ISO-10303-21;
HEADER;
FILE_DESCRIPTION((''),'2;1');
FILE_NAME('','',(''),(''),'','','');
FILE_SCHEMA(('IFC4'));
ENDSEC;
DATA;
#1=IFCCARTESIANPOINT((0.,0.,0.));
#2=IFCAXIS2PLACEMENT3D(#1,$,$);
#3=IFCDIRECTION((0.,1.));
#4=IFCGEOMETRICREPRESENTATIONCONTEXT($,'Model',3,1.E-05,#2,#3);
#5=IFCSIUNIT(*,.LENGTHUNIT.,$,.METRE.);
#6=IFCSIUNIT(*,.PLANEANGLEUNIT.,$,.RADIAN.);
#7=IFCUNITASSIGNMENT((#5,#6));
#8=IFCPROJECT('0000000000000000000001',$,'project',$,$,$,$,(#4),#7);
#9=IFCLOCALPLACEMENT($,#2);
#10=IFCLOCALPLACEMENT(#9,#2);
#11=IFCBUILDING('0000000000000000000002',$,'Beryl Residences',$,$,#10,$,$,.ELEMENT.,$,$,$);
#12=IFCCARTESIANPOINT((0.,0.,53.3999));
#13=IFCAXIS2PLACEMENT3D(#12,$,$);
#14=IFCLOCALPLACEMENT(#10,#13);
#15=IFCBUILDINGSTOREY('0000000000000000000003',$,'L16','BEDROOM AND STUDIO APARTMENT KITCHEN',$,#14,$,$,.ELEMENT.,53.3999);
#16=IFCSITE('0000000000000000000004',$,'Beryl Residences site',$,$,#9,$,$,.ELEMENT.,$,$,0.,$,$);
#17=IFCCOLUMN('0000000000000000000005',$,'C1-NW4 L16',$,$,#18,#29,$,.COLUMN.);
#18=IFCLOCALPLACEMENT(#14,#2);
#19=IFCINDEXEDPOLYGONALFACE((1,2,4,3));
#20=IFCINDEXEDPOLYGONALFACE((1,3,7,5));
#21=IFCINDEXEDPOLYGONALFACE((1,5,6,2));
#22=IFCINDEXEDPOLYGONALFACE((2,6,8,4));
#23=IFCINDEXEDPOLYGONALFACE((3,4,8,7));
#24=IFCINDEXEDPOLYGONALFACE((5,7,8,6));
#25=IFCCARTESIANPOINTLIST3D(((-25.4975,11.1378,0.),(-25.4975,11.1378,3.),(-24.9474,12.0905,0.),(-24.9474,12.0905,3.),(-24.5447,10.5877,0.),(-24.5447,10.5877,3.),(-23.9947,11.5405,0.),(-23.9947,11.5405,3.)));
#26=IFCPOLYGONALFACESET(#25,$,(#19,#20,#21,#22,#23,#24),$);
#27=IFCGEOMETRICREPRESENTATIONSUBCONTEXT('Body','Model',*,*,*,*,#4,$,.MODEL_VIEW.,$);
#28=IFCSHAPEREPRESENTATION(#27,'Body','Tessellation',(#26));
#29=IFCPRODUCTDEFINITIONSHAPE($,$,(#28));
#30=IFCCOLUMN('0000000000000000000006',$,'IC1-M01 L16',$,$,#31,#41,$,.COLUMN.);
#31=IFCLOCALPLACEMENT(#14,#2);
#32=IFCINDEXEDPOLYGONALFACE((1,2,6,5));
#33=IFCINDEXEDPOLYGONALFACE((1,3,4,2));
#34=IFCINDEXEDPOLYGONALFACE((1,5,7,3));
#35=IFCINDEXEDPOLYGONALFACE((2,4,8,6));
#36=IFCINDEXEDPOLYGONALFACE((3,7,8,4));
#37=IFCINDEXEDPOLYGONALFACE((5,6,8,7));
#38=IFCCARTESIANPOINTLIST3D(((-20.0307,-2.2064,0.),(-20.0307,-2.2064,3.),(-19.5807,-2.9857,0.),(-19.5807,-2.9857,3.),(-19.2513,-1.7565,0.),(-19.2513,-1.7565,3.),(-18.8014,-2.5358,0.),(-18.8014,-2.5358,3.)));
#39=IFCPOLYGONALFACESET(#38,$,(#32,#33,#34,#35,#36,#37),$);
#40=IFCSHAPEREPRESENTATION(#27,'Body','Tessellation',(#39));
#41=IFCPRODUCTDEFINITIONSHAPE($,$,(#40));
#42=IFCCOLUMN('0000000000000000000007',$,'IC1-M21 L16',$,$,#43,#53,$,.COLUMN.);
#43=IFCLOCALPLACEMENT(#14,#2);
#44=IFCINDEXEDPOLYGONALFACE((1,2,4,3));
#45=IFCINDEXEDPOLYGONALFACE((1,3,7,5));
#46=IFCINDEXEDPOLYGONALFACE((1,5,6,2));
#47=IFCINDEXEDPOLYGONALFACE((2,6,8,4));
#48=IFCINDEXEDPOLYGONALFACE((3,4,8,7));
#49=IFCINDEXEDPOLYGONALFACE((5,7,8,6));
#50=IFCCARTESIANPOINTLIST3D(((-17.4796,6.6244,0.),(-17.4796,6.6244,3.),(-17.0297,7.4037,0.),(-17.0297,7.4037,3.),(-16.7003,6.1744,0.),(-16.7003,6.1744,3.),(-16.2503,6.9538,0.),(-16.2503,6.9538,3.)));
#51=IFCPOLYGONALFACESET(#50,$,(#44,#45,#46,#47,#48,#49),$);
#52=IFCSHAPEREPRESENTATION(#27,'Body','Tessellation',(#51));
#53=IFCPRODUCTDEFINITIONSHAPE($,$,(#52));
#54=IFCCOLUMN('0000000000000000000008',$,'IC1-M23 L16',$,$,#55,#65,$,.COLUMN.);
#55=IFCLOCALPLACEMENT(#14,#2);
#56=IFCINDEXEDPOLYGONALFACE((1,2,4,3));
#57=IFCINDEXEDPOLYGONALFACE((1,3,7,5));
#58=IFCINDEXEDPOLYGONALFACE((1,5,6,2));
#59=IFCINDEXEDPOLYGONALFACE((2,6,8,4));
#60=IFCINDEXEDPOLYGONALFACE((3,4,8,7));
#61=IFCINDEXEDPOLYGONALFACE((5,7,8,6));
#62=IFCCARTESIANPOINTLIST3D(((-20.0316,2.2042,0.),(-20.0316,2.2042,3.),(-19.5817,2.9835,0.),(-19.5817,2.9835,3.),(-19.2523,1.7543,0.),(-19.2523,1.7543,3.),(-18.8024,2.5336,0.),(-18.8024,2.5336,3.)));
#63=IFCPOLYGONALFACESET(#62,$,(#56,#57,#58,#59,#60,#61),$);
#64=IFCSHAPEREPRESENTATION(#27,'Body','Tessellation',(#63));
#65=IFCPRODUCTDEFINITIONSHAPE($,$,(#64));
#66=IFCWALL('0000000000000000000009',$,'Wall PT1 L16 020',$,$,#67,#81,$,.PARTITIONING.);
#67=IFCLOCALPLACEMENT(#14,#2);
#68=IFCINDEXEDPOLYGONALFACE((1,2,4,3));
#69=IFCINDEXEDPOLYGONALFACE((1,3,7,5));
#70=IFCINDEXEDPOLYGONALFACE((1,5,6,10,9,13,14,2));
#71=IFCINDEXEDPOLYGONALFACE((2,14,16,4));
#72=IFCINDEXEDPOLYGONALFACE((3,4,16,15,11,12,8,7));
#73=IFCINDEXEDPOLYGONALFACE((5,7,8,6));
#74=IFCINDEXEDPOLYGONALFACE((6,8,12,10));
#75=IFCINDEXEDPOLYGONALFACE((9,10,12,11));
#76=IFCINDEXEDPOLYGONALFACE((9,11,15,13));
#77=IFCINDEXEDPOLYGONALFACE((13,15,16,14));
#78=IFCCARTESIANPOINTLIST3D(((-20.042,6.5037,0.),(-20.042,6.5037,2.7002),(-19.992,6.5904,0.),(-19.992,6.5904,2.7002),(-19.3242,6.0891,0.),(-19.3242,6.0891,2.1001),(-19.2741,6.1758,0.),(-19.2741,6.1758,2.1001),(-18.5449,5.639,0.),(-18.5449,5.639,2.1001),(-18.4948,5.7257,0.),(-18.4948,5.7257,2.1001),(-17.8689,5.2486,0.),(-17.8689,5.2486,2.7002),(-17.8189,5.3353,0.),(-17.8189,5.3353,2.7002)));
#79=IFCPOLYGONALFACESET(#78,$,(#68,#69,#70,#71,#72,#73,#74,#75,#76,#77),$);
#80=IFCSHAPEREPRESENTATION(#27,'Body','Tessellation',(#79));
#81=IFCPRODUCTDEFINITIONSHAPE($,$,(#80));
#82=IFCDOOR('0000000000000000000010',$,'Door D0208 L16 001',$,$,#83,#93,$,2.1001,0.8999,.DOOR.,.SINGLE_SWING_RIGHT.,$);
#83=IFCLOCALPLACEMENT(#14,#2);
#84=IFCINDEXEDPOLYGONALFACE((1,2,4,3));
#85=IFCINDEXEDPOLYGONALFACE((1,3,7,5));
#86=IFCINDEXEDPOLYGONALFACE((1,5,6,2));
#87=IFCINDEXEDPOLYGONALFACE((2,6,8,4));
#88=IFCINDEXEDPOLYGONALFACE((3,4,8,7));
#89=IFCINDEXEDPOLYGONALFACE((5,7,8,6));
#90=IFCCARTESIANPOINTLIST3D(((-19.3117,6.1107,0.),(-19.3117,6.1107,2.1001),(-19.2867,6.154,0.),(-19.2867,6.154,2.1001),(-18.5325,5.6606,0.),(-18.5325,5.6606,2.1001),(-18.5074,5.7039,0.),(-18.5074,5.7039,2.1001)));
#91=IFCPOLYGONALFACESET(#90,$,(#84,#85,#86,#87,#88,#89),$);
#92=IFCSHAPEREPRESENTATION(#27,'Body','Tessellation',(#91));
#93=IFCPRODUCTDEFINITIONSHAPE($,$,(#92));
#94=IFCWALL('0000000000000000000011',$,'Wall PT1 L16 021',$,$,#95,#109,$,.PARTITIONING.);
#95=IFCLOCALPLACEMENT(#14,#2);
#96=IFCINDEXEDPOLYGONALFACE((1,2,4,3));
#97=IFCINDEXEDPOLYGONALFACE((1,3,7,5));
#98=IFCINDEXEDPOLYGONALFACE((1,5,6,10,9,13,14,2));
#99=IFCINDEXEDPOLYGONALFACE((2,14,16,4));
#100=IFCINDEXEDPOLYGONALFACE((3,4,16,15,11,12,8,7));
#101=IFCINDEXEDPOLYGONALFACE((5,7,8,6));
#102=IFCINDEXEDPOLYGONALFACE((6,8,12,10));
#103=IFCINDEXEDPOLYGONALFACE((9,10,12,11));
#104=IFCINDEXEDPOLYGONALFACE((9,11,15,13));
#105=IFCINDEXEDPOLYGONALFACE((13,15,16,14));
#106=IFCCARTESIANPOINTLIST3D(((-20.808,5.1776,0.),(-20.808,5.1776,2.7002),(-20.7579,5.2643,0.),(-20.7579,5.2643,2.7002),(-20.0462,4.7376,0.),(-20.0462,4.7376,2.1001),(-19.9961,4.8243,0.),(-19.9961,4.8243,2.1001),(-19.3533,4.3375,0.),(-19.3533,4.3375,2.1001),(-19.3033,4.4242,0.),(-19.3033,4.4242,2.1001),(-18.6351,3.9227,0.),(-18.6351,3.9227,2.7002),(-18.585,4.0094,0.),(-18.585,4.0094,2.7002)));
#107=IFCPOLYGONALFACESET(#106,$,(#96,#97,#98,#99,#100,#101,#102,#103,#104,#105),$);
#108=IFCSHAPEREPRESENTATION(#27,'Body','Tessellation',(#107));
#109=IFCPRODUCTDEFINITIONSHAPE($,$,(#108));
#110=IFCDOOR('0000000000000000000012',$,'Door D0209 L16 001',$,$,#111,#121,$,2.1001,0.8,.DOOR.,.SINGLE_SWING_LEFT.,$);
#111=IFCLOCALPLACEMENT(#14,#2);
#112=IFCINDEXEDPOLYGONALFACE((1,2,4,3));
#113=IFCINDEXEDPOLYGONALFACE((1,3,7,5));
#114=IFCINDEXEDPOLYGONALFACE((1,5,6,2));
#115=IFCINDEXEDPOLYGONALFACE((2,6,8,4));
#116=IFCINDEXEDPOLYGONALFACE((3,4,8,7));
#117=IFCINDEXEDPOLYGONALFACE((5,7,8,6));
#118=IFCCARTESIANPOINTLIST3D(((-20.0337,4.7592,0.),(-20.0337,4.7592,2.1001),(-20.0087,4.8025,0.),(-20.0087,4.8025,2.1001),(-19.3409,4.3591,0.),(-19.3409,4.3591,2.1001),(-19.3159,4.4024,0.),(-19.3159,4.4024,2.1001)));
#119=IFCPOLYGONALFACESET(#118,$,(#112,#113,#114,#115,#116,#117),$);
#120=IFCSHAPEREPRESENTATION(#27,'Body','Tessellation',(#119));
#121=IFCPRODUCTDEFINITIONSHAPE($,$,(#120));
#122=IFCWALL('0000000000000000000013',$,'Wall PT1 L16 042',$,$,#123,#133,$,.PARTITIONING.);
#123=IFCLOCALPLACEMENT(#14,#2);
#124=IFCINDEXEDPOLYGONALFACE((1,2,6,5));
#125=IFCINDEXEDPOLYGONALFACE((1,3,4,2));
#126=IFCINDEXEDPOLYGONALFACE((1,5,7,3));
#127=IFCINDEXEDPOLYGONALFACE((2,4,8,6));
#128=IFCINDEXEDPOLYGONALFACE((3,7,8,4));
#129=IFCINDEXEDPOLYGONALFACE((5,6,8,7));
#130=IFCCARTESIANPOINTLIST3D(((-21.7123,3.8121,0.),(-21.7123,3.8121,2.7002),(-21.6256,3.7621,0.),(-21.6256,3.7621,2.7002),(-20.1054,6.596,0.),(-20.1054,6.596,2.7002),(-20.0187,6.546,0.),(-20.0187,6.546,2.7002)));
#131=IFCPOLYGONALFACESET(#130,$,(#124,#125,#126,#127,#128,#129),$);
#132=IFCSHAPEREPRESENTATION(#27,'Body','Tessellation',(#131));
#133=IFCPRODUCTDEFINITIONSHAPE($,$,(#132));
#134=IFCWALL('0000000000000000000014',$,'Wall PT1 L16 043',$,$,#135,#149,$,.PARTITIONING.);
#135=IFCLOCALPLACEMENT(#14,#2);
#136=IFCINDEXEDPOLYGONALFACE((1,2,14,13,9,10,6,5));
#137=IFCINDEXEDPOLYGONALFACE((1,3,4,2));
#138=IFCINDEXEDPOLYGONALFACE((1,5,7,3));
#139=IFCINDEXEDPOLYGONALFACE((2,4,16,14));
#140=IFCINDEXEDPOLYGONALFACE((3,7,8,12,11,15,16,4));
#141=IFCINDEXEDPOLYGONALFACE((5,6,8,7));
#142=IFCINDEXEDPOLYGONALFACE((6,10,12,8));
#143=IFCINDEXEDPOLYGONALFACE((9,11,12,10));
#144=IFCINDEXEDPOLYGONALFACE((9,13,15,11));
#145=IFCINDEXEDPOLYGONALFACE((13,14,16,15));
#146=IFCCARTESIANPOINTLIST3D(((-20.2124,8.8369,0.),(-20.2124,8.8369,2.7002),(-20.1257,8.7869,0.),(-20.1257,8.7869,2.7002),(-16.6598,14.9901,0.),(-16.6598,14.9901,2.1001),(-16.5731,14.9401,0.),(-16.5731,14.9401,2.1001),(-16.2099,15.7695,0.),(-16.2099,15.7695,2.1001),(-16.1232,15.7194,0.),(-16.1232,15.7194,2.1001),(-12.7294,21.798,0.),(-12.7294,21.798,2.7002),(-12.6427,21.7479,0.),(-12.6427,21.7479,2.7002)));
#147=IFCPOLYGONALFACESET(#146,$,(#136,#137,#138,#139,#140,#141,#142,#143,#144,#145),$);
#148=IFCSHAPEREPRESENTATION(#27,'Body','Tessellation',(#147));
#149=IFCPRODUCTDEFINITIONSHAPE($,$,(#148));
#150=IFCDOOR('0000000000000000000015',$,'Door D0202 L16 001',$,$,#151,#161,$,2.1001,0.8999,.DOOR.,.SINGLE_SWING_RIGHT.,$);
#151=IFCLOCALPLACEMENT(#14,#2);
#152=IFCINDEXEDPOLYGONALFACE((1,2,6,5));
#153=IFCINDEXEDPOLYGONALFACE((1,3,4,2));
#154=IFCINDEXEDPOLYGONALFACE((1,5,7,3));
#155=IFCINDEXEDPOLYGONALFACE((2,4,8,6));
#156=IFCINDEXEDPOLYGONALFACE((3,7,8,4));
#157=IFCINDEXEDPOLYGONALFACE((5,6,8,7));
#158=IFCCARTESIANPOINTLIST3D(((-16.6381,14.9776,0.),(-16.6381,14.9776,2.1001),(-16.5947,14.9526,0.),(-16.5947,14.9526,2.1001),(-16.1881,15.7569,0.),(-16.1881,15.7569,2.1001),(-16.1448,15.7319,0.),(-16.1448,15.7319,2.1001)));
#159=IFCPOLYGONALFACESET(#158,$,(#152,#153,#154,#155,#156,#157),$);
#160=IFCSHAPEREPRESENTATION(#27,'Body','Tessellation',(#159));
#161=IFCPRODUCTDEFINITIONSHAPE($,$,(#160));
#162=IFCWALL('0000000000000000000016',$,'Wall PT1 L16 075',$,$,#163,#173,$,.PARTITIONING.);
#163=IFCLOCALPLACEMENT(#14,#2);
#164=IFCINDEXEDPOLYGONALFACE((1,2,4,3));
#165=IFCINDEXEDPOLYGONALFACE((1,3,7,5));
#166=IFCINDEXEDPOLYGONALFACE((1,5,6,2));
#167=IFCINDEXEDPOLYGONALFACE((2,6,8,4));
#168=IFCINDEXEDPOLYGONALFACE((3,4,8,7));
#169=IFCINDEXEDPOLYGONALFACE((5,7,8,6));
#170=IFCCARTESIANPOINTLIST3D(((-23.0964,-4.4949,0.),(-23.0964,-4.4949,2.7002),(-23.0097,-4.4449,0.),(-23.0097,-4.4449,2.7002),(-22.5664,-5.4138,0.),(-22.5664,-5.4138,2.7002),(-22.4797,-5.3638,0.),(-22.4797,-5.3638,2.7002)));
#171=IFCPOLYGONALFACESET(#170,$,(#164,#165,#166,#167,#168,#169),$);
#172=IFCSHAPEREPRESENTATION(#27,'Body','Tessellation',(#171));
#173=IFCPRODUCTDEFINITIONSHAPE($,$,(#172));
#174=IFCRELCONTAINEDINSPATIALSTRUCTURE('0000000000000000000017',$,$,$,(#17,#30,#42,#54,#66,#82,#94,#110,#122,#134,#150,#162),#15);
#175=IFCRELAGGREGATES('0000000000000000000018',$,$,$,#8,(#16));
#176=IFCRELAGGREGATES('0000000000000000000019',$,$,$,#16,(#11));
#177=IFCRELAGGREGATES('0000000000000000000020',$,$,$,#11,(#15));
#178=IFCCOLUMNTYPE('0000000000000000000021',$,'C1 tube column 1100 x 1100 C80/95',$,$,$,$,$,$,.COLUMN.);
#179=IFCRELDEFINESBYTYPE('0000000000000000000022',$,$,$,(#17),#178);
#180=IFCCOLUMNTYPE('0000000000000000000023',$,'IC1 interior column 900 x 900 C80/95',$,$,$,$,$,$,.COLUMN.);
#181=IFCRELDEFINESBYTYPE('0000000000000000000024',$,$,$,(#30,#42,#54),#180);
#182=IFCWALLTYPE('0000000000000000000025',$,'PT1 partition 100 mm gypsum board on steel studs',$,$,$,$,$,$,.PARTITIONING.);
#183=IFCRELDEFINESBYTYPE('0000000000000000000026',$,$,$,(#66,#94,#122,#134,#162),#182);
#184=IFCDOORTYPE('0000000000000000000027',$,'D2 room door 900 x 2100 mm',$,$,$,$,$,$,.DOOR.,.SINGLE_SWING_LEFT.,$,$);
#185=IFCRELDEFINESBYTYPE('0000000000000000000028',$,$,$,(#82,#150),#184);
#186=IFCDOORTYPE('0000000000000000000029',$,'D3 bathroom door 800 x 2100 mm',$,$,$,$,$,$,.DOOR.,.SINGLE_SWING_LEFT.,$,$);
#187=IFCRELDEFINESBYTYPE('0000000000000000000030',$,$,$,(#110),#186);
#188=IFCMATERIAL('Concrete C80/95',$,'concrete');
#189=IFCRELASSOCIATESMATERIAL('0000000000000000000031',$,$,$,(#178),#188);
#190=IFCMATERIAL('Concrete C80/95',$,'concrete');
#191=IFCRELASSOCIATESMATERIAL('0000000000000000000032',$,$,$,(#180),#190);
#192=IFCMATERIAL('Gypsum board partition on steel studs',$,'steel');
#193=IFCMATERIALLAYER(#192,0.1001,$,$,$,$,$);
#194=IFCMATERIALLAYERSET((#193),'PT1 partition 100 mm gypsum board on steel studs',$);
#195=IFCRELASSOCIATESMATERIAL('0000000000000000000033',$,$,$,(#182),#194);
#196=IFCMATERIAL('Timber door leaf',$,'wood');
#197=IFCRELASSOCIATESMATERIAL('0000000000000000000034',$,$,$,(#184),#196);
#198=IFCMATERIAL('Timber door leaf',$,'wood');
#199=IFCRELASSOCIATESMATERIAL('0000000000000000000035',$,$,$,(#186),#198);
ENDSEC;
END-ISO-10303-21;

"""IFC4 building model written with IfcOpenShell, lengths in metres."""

from ifc_helpers import new_model, si_unit, direction, frame, frame_2d, origin, origin_2d, place, context, subcontext, project, spatial, rectangle, extrude, material, layer, layer_set, material_profile, profile_set, type_object, element, fill, save


model = new_model("IFC4")

# Units and contexts
model_context = context("Model", 3, precision=1e-05, world=origin(), true_north=direction((0.0, 1.0)))
body_context = subcontext(model_context, "Body", "Model", "MODEL_VIEW")
ifc_project = project(units=[si_unit("LENGTHUNIT", "METRE"), si_unit("PLANEANGLEUNIT", "RADIAN")], contexts=[model_context])

# Site, building, storey
site_placement = place(None, origin())
site = spatial("IfcSite", under=ifc_project, at=site_placement, Name="Beryl Residences site", CompositionType="ELEMENT", RefElevation=0.0)
building_placement = place(site_placement, origin())
building = spatial("IfcBuilding", under=site, at=building_placement, Name="Beryl Residences", CompositionType="ELEMENT")
storey_placement = place(building_placement, frame((0.0, 0.0, 53.3999)))
storey = spatial("IfcBuildingStorey", under=building, at=storey_placement, Name="L16", Description="BEDROOM AND STUDIO APARTMENT KITCHEN", CompositionType="ELEMENT", Elevation=53.3999)

# Columns
ifc_material_1 = material(Name="Concrete C80/95", Category="concrete")
ifc_material_profile_1 = material_profile(ifc_material_1, rectangle(XDim=1.1001, YDim=1.1001, at=origin_2d()))
ifc_profile_set_1 = profile_set([ifc_material_profile_1], Name="Concrete C80/95")
column_type_1 = type_object("IfcColumnType", Name="C1 tube column 1100 x 1100 C80/95", PredefinedType="COLUMN", material=ifc_profile_set_1)
column_placement = place(storey_placement, frame((-24.7461, 11.3391, 0.0), z_axis=(0.0, 0.0, 1.0), x_axis=(-0.499985, -0.866034, 0.0)))
element("IfcColumn", 1, at=column_placement, inside=storey, type_object=column_type_1, Name="C1-NW4 L16", PredefinedType="COLUMN", context=body_context, shape_type="SweptSolid", body=[
    extrude(rectangle(XDim=1.1001, YDim=1.1001, at=origin_2d()), origin(), (0.0, 0.0, 1.0), 3.0),
])
ifc_material_2 = material(Name="Concrete C80/95", Category="concrete")
ifc_material_profile_2 = material_profile(ifc_material_2, rectangle(XDim=0.8999, YDim=0.8999, at=origin_2d()))
ifc_profile_set_2 = profile_set([ifc_material_profile_2], Name="Concrete C80/95")
column_type_2 = type_object("IfcColumnType", Name="IC1 interior column 900 x 900 C80/95", PredefinedType="COLUMN", material=ifc_profile_set_2)
for number, where, z_axis, x_axis, name in (
    (2, (-19.416, -2.3711, 0.0), (0.0, 0.0, 1.0), (0.499985, -0.866034, 0.0), "IC1-M01 L16"),
    (3, (-16.865, 6.7891, 0.0), (0.0, 0.0, 1.0), (-0.499985, -0.866034, 0.0), "IC1-M21 L16"),
    (4, (-19.417, 2.3689, 0.0), (0.0, 0.0, 1.0), (-0.499985, -0.866034, 0.0), "IC1-M23 L16"),
):
    element("IfcColumn", number, at=place(storey_placement, frame(where, z_axis=z_axis, x_axis=x_axis)), inside=storey, type_object=column_type_2, Name=name, PredefinedType="COLUMN", context=body_context, shape_type="SweptSolid", body=[
        extrude(rectangle(XDim=0.8999, YDim=0.8999, at=origin_2d()), origin(), (0.0, 0.0, 1.0), 3.0),
    ])

# Walls, openings, doors
ifc_material_3 = material(Name="Gypsum board partition on steel studs", Category="steel")
ifc_layer_1 = layer(ifc_material_3, 0.1001)
ifc_layer_set_1 = layer_set([ifc_layer_1], Name="PT1 partition 100 mm gypsum board on steel studs")
wall_type_1 = type_object("IfcWallType", Name="PT1 partition 100 mm gypsum board on steel studs", PredefinedType="PARTITIONING", material=ifc_layer_set_1)
wall_1_placement = place(storey_placement, frame((-20.0171, 6.5471, 0.0), z_axis=(0.0, 0.0, 1.0), x_axis=(0.865941, -0.500146, 0.0)))
wall_1 = element("IfcWall", 5, at=wall_1_placement, inside=storey, type_object=wall_type_1, Name="Wall PT1 L16 020", PredefinedType="PARTITIONING", context=body_context, shape_type="SweptSolid", body=[
    extrude(rectangle(XDim=2.5095, YDim=0.1001, at=frame_2d((1.2549, 0.0))), origin(), (0.0, 0.0, 1.0), 2.7002),
])
opening_1_placement = place(wall_1_placement, frame((0.8291, 0.0, 0.0)))
opening_1 = element("IfcOpeningElement", 6, at=opening_1_placement, cuts=wall_1, PredefinedType="OPENING", context=body_context, shape_type="SweptSolid", body=[
    extrude(rectangle(XDim=0.8999, YDim=2.1001, at=frame_2d((0.45, 1.05))), frame((0.0, 0.0601, 0.0), z_axis=(0.0, -1.0, 0.0), x_axis=(1.0, 0.0, 0.0)), (0.0, 0.0, 1.0), 0.1201),
])
ifc_material_4 = material(Name="Timber door leaf", Category="wood")
door_type_1 = type_object("IfcDoorType", Name="D2 room door 900 x 2100 mm", OperationType="SINGLE_SWING_LEFT", PredefinedType="DOOR", material=ifc_material_4)
door_1_placement = place(opening_1_placement, origin())
door_1 = element("IfcDoor", 7, at=door_1_placement, inside=storey, type_object=door_type_1, Name="Door D0208 L16 001", OperationType="SINGLE_SWING_RIGHT", OverallHeight=2.1001, OverallWidth=0.8999, PredefinedType="DOOR", context=body_context, shape_type="SweptSolid", body=[
    extrude(rectangle(XDim=0.8999, YDim=2.1001, at=frame_2d((0.45, 1.05))), frame((0.0, 0.0249, 0.0), z_axis=(0.0, -1.0, 0.0), x_axis=(1.0, 0.0, 0.0)), (0.0, 0.0, 1.0), 0.05),
])
fill(opening_1, door_1)
wall_2_placement = place(storey_placement, frame((-20.783, 5.2209, 0.0), z_axis=(0.0, 0.0, 1.0), x_axis=(0.865959, -0.500115, 0.0)))
wall_2 = element("IfcWall", 8, at=wall_2_placement, inside=storey, type_object=wall_type_1, Name="Wall PT1 L16 021", PredefinedType="PARTITIONING", context=body_context, shape_type="SweptSolid", body=[
    extrude(rectangle(XDim=2.5093, YDim=0.1001, at=frame_2d((1.2546, 0.0))), origin(), (0.0, 0.0, 1.0), 2.7002),
])
opening_2_placement = place(wall_2_placement, frame((0.8799, 0.0, 0.0)))
opening_2 = element("IfcOpeningElement", 9, at=opening_2_placement, cuts=wall_2, PredefinedType="OPENING", context=body_context, shape_type="SweptSolid", body=[
    extrude(rectangle(XDim=0.8, YDim=2.1001, at=frame_2d((0.3999, 1.05))), frame((0.0, 0.0601, 0.0), z_axis=(0.0, -1.0, 0.0), x_axis=(1.0, 0.0, 0.0)), (0.0, 0.0, 1.0), 0.1201),
])
ifc_material_5 = material(Name="Timber door leaf", Category="wood")
door_type_2 = type_object("IfcDoorType", Name="D3 bathroom door 800 x 2100 mm", OperationType="SINGLE_SWING_LEFT", PredefinedType="DOOR", material=ifc_material_5)
door_2_placement = place(opening_2_placement, origin())
door_2 = element("IfcDoor", 10, at=door_2_placement, inside=storey, type_object=door_type_2, Name="Door D0209 L16 001", OperationType="SINGLE_SWING_LEFT", OverallHeight=2.1001, OverallWidth=0.8, PredefinedType="DOOR", context=body_context, shape_type="SweptSolid", body=[
    extrude(rectangle(XDim=0.8, YDim=2.1001, at=frame_2d((0.3999, 1.05))), frame((0.0, 0.0249, 0.0), z_axis=(0.0, -1.0, 0.0), x_axis=(1.0, 0.0, 0.0)), (0.0, 0.0, 1.0), 0.05),
])
fill(opening_2, door_2)

# Wall
wall_3_placement = place(storey_placement, frame((-21.6689, 3.7871, 0.0), z_axis=(0.0, 0.0, 1.0), x_axis=(0.499913, 0.866076, 0.0)))
element("IfcWall", 11, at=wall_3_placement, inside=storey, type_object=wall_type_1, Name="Wall PT1 L16 042", PredefinedType="PARTITIONING", context=body_context, shape_type="SweptSolid", body=[
    extrude(rectangle(XDim=3.2144, YDim=0.1001, at=frame_2d((1.6072, 0.0))), origin(), (0.0, 0.0, 1.0), 2.7002),
])

# Wall, opening, door
wall_4_placement = place(storey_placement, frame((-20.1689, 8.812, 0.0), z_axis=(0.0, 0.0, 1.0), x_axis=(0.499995, 0.866028, 0.0)))
wall_4 = element("IfcWall", 12, at=wall_4_placement, inside=storey, type_object=wall_type_1, Name="Wall PT1 L16 043", PredefinedType="PARTITIONING", context=body_context, shape_type="SweptSolid", body=[
    extrude(rectangle(XDim=14.9661, YDim=0.1001, at=frame_2d((7.4829, 0.0))), origin(), (0.0, 0.0, 1.0), 2.7002),
])
opening_3_placement = place(wall_4_placement, frame((7.105, 0.0, 0.0)))
opening_3 = element("IfcOpeningElement", 13, at=opening_3_placement, cuts=wall_4, PredefinedType="OPENING", context=body_context, shape_type="SweptSolid", body=[
    extrude(rectangle(XDim=0.8999, YDim=2.1001, at=frame_2d((0.45, 1.05))), frame((0.0, 0.0601, 0.0), z_axis=(0.0, -1.0, 0.0), x_axis=(1.0, 0.0, 0.0)), (0.0, 0.0, 1.0), 0.1201),
])
door_3_placement = place(opening_3_placement, origin())
door_3 = element("IfcDoor", 14, at=door_3_placement, inside=storey, type_object=door_type_1, Name="Door D0202 L16 001", OperationType="SINGLE_SWING_RIGHT", OverallHeight=2.1001, OverallWidth=0.8999, PredefinedType="DOOR", context=body_context, shape_type="SweptSolid", body=[
    extrude(rectangle(XDim=0.8999, YDim=2.1001, at=frame_2d((0.45, 1.05))), frame((0.0, 0.0249, 0.0), z_axis=(0.0, -1.0, 0.0), x_axis=(1.0, 0.0, 0.0)), (0.0, 0.0, 1.0), 0.05),
])
fill(opening_3, door_3)

# Wall
wall_5_placement = place(storey_placement, frame((-23.053, -4.47, 0.0), z_axis=(0.0, 0.0, 1.0), x_axis=(0.499629, -0.866239, 0.0)))
element("IfcWall", 15, at=wall_5_placement, inside=storey, type_object=wall_type_1, Name="Wall PT1 L16 075", PredefinedType="PARTITIONING", context=body_context, shape_type="SweptSolid", body=[
    extrude(rectangle(XDim=1.0608, YDim=0.1001, at=frame_2d((0.5303, 0.0))), origin(), (0.0, 0.0, 1.0), 2.7002),
])

save(model, "model.ifc")
